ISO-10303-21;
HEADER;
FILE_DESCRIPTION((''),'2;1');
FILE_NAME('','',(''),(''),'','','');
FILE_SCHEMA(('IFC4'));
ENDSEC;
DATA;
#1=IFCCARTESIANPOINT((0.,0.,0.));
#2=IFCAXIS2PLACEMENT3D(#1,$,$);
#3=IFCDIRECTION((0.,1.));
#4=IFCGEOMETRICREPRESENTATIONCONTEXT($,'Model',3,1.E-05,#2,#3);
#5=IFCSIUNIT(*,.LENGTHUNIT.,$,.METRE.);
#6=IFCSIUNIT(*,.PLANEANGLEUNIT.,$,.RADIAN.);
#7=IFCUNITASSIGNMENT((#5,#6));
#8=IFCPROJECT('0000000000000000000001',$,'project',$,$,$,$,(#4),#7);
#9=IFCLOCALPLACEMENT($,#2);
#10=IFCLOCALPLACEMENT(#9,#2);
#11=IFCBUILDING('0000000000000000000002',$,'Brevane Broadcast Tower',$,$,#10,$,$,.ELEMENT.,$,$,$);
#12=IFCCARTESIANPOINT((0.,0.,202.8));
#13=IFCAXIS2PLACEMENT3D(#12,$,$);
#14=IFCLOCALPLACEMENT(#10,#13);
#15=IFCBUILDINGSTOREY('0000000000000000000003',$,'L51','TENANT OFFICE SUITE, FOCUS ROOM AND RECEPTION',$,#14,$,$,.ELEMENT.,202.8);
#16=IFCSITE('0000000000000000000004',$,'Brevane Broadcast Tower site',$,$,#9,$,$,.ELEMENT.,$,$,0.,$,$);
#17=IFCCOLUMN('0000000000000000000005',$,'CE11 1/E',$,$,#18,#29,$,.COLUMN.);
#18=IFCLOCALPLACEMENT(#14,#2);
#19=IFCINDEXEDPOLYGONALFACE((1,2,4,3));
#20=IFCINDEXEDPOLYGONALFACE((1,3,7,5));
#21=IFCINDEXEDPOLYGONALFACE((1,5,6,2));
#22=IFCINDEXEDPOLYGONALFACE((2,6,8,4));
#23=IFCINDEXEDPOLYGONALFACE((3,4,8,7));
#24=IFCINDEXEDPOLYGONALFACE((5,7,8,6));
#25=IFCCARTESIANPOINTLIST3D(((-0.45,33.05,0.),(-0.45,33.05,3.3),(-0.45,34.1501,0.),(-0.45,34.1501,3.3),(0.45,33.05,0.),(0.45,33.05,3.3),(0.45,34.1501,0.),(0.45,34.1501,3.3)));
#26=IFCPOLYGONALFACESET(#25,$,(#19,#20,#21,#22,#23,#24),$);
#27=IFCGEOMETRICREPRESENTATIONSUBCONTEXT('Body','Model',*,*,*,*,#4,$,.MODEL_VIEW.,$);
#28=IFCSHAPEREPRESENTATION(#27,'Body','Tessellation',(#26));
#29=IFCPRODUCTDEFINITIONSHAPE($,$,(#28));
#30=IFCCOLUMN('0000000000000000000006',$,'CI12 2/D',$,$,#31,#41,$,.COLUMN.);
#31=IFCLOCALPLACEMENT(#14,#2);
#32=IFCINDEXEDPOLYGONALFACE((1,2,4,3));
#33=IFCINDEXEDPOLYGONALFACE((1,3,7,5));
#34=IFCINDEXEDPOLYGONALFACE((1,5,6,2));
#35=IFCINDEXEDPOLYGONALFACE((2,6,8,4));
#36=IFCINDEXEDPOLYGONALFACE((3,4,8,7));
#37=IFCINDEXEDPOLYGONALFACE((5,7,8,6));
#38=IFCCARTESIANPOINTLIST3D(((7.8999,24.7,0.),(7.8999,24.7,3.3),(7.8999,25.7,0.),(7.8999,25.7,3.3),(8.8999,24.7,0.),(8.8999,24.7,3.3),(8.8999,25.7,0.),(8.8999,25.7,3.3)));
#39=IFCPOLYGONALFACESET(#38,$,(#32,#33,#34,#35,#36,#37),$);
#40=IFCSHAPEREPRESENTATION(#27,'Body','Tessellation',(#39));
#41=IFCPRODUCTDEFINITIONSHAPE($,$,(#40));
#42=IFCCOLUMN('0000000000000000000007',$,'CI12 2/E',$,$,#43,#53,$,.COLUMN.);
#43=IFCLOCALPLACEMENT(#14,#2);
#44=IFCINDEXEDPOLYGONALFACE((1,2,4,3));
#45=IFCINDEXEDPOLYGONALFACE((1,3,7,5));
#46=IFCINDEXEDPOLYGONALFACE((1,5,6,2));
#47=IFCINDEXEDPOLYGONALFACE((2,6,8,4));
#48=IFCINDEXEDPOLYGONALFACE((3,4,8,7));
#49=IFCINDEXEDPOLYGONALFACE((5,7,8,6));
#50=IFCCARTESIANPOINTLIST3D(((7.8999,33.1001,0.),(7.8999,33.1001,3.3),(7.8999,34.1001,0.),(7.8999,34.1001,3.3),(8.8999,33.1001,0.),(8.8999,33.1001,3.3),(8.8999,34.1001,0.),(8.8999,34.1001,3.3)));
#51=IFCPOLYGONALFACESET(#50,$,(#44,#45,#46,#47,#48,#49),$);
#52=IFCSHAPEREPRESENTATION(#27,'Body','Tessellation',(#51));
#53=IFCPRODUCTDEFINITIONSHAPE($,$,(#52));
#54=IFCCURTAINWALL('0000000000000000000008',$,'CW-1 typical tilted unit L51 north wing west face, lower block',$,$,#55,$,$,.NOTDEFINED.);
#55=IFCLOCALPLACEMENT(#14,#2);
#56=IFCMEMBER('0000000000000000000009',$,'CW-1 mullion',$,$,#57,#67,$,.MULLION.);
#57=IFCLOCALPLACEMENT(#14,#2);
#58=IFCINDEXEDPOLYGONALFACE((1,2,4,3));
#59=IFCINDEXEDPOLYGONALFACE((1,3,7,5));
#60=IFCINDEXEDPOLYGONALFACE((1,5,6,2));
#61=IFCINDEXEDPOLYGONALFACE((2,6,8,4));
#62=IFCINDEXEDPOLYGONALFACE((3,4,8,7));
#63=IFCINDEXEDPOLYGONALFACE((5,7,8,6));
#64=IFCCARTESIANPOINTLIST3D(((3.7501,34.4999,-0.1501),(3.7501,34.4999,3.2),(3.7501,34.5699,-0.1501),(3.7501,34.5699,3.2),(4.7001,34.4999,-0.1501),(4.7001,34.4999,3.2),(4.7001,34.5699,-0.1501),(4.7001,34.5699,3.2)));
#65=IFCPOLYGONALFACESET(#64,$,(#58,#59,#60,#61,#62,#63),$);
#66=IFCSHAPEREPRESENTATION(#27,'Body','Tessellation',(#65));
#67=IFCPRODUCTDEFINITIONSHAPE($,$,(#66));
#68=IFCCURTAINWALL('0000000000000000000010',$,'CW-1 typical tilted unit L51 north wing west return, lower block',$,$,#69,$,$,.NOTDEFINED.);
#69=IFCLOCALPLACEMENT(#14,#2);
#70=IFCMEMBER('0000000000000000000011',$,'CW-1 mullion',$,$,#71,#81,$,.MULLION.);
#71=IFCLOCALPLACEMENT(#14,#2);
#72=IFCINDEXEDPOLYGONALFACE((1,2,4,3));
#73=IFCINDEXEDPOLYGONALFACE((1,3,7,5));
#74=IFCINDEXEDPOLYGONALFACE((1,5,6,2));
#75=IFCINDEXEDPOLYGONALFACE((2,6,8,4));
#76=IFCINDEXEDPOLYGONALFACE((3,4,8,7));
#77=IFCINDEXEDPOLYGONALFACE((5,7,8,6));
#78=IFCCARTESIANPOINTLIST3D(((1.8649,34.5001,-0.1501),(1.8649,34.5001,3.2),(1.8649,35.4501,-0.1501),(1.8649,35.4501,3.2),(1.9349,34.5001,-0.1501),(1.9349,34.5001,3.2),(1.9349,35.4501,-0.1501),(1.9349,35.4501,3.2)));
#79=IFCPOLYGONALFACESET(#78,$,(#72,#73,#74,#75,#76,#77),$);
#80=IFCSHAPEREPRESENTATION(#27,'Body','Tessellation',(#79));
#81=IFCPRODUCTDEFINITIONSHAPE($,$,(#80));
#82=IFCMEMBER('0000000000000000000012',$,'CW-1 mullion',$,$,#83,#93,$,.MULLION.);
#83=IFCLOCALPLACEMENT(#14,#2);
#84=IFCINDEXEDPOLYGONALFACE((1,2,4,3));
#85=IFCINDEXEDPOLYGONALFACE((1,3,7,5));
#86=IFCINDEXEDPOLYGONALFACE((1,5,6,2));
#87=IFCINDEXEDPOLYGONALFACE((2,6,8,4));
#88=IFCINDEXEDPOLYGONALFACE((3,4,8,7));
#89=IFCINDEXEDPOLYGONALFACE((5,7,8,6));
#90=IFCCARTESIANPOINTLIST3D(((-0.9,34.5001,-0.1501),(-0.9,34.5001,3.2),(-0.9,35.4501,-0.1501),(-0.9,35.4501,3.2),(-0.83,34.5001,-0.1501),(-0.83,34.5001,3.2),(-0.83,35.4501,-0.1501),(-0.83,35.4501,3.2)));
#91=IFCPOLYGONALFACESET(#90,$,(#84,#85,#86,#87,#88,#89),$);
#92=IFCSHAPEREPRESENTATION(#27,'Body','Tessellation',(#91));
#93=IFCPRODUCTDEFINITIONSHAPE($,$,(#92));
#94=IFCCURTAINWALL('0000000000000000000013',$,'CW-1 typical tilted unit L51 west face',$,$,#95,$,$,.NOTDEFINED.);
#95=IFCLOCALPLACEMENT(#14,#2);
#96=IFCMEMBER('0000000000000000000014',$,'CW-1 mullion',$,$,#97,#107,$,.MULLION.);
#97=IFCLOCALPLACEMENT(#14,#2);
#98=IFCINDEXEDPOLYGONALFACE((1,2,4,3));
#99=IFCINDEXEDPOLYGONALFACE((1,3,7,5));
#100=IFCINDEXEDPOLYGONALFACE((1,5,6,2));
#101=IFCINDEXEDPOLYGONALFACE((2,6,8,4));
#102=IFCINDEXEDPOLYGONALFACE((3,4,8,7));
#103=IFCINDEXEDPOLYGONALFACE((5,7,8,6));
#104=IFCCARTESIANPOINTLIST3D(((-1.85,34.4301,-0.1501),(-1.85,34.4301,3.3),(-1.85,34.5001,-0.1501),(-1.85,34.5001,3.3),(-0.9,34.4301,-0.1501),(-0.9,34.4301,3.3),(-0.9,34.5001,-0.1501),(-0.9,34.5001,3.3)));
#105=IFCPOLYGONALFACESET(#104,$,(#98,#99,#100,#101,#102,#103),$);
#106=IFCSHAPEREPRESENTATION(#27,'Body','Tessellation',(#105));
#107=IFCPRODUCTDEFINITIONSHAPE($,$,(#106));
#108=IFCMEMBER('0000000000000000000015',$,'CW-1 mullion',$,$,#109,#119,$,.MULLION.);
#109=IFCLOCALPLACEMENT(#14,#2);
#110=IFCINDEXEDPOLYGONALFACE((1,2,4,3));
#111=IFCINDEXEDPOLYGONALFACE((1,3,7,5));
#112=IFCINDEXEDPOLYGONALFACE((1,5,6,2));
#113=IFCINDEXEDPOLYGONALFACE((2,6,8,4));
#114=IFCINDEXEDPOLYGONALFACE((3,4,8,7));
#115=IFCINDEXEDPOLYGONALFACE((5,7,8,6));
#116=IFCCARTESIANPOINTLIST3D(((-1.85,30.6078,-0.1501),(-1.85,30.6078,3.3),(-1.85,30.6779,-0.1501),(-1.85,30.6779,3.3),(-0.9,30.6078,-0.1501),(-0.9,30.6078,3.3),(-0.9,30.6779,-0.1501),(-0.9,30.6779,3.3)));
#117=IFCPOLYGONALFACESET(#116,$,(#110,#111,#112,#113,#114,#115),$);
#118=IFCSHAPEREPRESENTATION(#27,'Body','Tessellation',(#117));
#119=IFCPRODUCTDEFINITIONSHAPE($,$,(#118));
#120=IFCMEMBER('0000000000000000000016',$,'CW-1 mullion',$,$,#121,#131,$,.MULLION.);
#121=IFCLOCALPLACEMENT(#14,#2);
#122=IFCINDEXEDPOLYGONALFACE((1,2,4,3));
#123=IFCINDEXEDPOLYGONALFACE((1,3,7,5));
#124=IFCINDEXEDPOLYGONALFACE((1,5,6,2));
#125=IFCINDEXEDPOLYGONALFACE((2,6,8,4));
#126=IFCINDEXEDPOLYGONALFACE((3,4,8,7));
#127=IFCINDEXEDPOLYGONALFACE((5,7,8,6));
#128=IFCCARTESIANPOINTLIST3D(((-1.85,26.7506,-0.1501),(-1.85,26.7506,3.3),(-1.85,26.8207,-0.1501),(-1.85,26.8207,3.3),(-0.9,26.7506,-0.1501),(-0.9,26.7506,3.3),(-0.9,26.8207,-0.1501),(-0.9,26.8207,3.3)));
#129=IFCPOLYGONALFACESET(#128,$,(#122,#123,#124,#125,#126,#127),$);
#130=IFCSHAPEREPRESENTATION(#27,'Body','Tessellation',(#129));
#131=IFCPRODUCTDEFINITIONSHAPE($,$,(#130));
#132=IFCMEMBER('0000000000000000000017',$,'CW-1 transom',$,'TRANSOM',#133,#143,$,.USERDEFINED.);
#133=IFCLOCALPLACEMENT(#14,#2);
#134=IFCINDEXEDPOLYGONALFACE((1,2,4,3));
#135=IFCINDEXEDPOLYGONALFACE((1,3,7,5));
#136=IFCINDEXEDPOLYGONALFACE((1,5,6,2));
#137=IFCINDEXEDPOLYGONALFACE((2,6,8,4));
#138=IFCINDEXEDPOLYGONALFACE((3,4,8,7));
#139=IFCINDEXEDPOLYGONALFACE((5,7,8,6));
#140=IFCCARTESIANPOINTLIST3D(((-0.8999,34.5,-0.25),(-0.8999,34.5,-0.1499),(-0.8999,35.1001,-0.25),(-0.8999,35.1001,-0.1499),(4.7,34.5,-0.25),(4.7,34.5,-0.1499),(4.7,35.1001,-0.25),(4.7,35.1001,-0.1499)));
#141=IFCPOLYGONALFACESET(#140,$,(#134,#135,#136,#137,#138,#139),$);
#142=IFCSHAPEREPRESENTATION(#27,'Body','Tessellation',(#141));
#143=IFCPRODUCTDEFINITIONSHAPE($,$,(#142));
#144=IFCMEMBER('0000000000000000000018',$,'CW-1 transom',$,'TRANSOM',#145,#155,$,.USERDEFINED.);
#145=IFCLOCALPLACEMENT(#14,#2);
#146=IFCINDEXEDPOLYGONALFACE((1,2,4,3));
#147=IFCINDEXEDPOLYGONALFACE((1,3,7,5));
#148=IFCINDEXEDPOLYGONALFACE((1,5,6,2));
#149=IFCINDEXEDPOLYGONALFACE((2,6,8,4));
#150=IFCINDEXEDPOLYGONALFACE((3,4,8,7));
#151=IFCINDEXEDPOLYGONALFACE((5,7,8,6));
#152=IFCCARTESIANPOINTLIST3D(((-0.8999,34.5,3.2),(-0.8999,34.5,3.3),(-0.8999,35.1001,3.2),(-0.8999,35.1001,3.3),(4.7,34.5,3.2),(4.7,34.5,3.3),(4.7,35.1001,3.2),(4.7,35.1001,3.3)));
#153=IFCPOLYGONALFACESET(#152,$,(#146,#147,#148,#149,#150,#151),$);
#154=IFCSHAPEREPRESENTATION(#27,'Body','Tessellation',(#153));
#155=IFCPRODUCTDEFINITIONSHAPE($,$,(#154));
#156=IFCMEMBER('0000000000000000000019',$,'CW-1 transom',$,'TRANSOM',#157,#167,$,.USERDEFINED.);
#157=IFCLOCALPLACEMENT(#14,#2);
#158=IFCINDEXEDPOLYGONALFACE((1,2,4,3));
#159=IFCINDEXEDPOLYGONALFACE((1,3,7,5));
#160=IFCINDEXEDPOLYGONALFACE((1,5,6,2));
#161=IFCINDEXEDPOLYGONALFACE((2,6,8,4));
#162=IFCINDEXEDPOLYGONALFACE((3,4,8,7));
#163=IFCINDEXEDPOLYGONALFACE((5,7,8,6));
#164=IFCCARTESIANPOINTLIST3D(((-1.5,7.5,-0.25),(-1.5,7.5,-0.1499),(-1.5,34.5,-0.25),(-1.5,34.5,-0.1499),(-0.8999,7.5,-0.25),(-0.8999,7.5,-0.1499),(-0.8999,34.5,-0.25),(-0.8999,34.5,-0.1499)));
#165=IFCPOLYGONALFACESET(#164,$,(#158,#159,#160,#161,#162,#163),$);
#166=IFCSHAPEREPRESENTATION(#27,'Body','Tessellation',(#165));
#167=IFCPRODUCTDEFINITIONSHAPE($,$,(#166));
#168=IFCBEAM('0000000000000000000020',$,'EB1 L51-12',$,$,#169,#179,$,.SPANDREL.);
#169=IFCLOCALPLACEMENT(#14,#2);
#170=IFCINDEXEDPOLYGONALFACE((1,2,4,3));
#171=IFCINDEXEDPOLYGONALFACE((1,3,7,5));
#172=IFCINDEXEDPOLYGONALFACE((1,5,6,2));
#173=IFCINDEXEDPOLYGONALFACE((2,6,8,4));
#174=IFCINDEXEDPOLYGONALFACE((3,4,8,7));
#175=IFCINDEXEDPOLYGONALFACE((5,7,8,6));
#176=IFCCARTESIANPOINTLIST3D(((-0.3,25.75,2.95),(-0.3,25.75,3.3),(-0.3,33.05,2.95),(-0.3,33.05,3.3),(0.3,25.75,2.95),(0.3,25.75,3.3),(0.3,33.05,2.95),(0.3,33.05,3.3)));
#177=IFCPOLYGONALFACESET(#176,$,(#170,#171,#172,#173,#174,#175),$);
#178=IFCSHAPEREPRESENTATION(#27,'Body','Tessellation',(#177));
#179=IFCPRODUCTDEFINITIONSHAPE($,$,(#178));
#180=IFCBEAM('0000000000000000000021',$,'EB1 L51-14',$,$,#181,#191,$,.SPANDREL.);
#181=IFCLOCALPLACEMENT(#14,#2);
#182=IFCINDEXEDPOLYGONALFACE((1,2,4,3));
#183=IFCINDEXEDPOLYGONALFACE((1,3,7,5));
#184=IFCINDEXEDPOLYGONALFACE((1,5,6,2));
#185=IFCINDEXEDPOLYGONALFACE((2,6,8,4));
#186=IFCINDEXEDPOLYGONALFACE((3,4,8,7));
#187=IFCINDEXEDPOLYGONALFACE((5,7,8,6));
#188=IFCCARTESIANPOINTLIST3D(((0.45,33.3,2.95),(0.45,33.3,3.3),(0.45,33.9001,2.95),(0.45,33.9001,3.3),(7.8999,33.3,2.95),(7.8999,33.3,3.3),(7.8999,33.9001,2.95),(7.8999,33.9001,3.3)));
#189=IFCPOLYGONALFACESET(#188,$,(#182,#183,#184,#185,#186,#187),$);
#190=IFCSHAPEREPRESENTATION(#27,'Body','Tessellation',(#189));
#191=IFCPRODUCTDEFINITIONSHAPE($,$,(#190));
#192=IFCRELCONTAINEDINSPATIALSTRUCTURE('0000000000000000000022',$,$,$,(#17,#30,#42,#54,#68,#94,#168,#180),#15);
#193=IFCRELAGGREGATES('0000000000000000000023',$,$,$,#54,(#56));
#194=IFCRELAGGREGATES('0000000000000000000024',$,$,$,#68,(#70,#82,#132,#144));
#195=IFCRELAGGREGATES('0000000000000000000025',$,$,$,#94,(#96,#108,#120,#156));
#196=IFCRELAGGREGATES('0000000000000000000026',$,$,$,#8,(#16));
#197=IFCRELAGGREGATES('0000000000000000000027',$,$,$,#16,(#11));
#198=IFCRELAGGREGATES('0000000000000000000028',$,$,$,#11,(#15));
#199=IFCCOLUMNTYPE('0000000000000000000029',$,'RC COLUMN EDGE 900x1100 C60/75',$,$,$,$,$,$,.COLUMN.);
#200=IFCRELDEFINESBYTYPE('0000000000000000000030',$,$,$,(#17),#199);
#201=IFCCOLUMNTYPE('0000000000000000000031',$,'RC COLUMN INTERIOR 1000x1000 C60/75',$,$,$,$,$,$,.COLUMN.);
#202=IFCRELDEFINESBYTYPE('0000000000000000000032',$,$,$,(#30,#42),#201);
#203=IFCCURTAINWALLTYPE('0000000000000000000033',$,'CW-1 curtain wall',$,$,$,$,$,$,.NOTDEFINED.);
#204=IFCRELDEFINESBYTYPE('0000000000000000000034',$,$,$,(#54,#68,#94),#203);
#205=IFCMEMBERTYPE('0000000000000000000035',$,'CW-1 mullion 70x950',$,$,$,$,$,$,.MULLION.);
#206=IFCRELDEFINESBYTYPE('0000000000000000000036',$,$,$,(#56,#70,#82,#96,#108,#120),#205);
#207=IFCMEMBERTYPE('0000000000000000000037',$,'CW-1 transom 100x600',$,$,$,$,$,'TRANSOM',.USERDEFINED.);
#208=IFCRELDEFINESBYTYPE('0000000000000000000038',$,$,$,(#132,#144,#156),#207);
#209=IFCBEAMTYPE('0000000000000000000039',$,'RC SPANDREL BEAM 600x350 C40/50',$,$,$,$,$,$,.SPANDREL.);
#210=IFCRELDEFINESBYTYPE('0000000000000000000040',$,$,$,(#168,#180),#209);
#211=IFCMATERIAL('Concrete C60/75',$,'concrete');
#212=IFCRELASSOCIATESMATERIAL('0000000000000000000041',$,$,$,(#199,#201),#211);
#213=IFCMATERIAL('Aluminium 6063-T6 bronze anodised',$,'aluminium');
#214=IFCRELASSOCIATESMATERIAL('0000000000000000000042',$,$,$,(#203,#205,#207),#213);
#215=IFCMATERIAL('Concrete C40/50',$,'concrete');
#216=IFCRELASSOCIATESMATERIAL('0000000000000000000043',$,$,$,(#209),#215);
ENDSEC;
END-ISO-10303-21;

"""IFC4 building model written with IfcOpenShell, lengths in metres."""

from ifc_helpers import new_model, si_unit, direction, frame, origin, origin_2d, place, context, subcontext, project, spatial, rectangle, extrude, material, material_profile, profile_set, type_object, element, aggregate, save


model = new_model("IFC4")

# Units and contexts
model_context = context("Model", 3, precision=1e-05, world=origin(), true_north=direction((0.0, 1.0)))
body_context = subcontext(model_context, "Body", "Model", "MODEL_VIEW")
ifc_project = project(units=[si_unit("LENGTHUNIT", "METRE"), si_unit("PLANEANGLEUNIT", "RADIAN")], contexts=[model_context])

# Site, building, storey
site_placement = place(None, origin())
site = spatial("IfcSite", under=ifc_project, at=site_placement, Name="Brevane Broadcast Tower site", CompositionType="ELEMENT", RefElevation=0.0)
building_placement = place(site_placement, origin())
building = spatial("IfcBuilding", under=site, at=building_placement, Name="Brevane Broadcast Tower", CompositionType="ELEMENT")
storey_placement = place(building_placement, frame((0.0, 0.0, 202.8)))
storey = spatial("IfcBuildingStorey", under=building, at=storey_placement, Name="L51", Description="TENANT OFFICE SUITE, FOCUS ROOM AND RECEPTION", CompositionType="ELEMENT", Elevation=202.8)

# Columns
ifc_material_1 = material(Name="Concrete C60/75", Category="concrete")
ifc_material_profile_1 = material_profile(ifc_material_1, rectangle(XDim=0.8999, YDim=1.1001, at=origin_2d()), Name="RC 900x1100")
ifc_profile_set_1 = profile_set([ifc_material_profile_1], Name="Concrete C60/75")
column_type_1 = type_object("IfcColumnType", Name="RC COLUMN EDGE 900x1100 C60/75", PredefinedType="COLUMN", material=ifc_profile_set_1)
column_placement = place(storey_placement, frame((0.0, 33.6001, 0.0), z_axis=(0.0, 0.0, 1.0), x_axis=(1.0, 0.0, 0.0)))
element("IfcColumn", 1, at=column_placement, inside=storey, type_object=column_type_1, Name="CE11 1/E", PredefinedType="COLUMN", context=body_context, shape_type="SweptSolid", body=[
    extrude(rectangle(XDim=0.8999, YDim=1.1001, at=origin_2d()), origin(), (0.0, 0.0, 1.0), 3.3),
])
ifc_material_profile_2 = material_profile(ifc_material_1, rectangle(XDim=1.0, YDim=1.0, at=origin_2d()), Name="RC 1000x1000")
ifc_profile_set_2 = profile_set([ifc_material_profile_2], Name="Concrete C60/75")
column_type_2 = type_object("IfcColumnType", Name="RC COLUMN INTERIOR 1000x1000 C60/75", PredefinedType="COLUMN", material=ifc_profile_set_2)
for number, where, z_axis, x_axis, name in (
    (2, (8.3999, 25.2, 0.0), (0.0, 0.0, 1.0), (1.0, 0.0, 0.0), "CI12 2/D"),
    (3, (8.3999, 33.6001, 0.0), (0.0, 0.0, 1.0), (1.0, 0.0, 0.0), "CI12 2/E"),
):
    element("IfcColumn", number, at=place(storey_placement, frame(where, z_axis=z_axis, x_axis=x_axis)), inside=storey, type_object=column_type_2, Name=name, PredefinedType="COLUMN", context=body_context, shape_type="SweptSolid", body=[
        extrude(rectangle(XDim=1.0, YDim=1.0, at=origin_2d()), origin(), (0.0, 0.0, 1.0), 3.3),
    ])

# Curtain wall, member
ifc_material_2 = material(Name="Aluminium 6063-T6 bronze anodised", Category="aluminium")
curtain_wall_type = type_object("IfcCurtainWallType", Name="CW-1 curtain wall", PredefinedType="NOTDEFINED", material=ifc_material_2)
curtain_wall_1_placement = place(storey_placement, origin())
curtain_wall_1 = element("IfcCurtainWall", 4, at=curtain_wall_1_placement, inside=storey, type_object=curtain_wall_type, Name="CW-1 typical tilted unit L51 north wing west face, lower block", PredefinedType="NOTDEFINED")
ifc_material_profile_3 = material_profile(ifc_material_2, rectangle(XDim=0.95, YDim=0.0701, at=origin_2d()), Name="RECT 70x950")
ifc_profile_set_3 = profile_set([ifc_material_profile_3], Name="Aluminium 6063-T6 bronze anodised")
member_type_1 = type_object("IfcMemberType", Name="CW-1 mullion 70x950", PredefinedType="MULLION", material=ifc_profile_set_3)
member_1_placement = place(storey_placement, frame((4.2251, 34.5349, -0.1501), z_axis=(0.0, 0.0, 1.0), x_axis=(1.0, 0.0, 0.0)))
member_1 = element("IfcMember", 5, at=member_1_placement, type_object=member_type_1, Name="CW-1 mullion", PredefinedType="MULLION", context=body_context, shape_type="SweptSolid", body=[
    extrude(rectangle(XDim=0.95, YDim=0.0701, at=origin_2d()), origin(), (0.0, 0.0, 1.0), 3.3501),
])
aggregate(curtain_wall_1, [member_1])

# Curtain walls, members
curtain_wall_2_placement = place(storey_placement, origin())
curtain_wall_2 = element("IfcCurtainWall", 6, at=curtain_wall_2_placement, inside=storey, type_object=curtain_wall_type, Name="CW-1 typical tilted unit L51 north wing west return, lower block", PredefinedType="NOTDEFINED")
member_2_placement = place(storey_placement, frame((1.8999, 34.9751, -0.1501), z_axis=(0.0, 0.0, 1.0), x_axis=(0.0, -1.0, 0.0)))
member_2 = element("IfcMember", 7, at=member_2_placement, type_object=member_type_1, Name="CW-1 mullion", PredefinedType="MULLION", context=body_context, shape_type="SweptSolid", body=[
    extrude(rectangle(XDim=0.95, YDim=0.0701, at=origin_2d()), origin(), (0.0, 0.0, 1.0), 3.3501),
])
member_3_placement = place(storey_placement, frame((-0.865, 34.9751, -0.1501), z_axis=(0.0, 0.0, 1.0), x_axis=(0.0, -1.0, 0.0)))
member_3 = element("IfcMember", 8, at=member_3_placement, type_object=member_type_1, Name="CW-1 mullion", PredefinedType="MULLION", context=body_context, shape_type="SweptSolid", body=[
    extrude(rectangle(XDim=0.95, YDim=0.0701, at=origin_2d()), origin(), (0.0, 0.0, 1.0), 3.3501),
])
curtain_wall_3_placement = place(storey_placement, origin())
curtain_wall_3 = element("IfcCurtainWall", 9, at=curtain_wall_3_placement, inside=storey, type_object=curtain_wall_type, Name="CW-1 typical tilted unit L51 west face", PredefinedType="NOTDEFINED")
member_4_placement = place(storey_placement, frame((-1.375, 34.4651, -0.1501), z_axis=(0.0, 0.0, 1.0), x_axis=(1.0, 0.0, 0.0)))
member_4 = element("IfcMember", 10, at=member_4_placement, type_object=member_type_1, Name="CW-1 mullion", PredefinedType="MULLION", context=body_context, shape_type="SweptSolid", body=[
    extrude(rectangle(XDim=0.95, YDim=0.0701, at=origin_2d()), origin(), (0.0, 0.0, 1.0), 3.4502),
])
member_5_placement = place(storey_placement, frame((-1.375, 30.6428, -0.1501), z_axis=(0.0, 0.0, 1.0), x_axis=(1.0, 0.0, 0.0)))
member_5 = element("IfcMember", 11, at=member_5_placement, type_object=member_type_1, Name="CW-1 mullion", PredefinedType="MULLION", context=body_context, shape_type="SweptSolid", body=[
    extrude(rectangle(XDim=0.95, YDim=0.0701, at=origin_2d()), origin(), (0.0, 0.0, 1.0), 3.4502),
])
member_6_placement = place(storey_placement, frame((-1.375, 26.7856, -0.1501), z_axis=(0.0, 0.0, 1.0), x_axis=(1.0, 0.0, 0.0)))
member_6 = element("IfcMember", 12, at=member_6_placement, type_object=member_type_1, Name="CW-1 mullion", PredefinedType="MULLION", context=body_context, shape_type="SweptSolid", body=[
    extrude(rectangle(XDim=0.95, YDim=0.0701, at=origin_2d()), origin(), (0.0, 0.0, 1.0), 3.4502),
])

# Members
ifc_material_profile_4 = material_profile(ifc_material_2, rectangle(XDim=0.6001, YDim=0.1001, at=origin_2d()), Name="RECT 100x600")
ifc_profile_set_4 = profile_set([ifc_material_profile_4], Name="Aluminium 6063-T6 bronze anodised")
member_type_2 = type_object("IfcMemberType", Name="CW-1 transom 100x600", ElementType="TRANSOM", PredefinedType="USERDEFINED", material=ifc_profile_set_4)
member_7_placement = place(storey_placement, frame((4.7, 34.8, -0.2), z_axis=(-1.0, 0.0, 0.0), x_axis=(0.0, -1.0, 0.0)))
member_7 = element("IfcMember", 13, at=member_7_placement, type_object=member_type_2, Name="CW-1 transom", ObjectType="TRANSOM", PredefinedType="USERDEFINED", context=body_context, shape_type="SweptSolid", body=[
    extrude(rectangle(XDim=0.6001, YDim=0.1001, at=origin_2d()), origin(), (0.0, 0.0, 1.0), 5.5999),
])
member_8_placement = place(storey_placement, frame((4.7, 34.8, 3.25), z_axis=(-1.0, 0.0, 0.0), x_axis=(0.0, -1.0, 0.0)))
member_8 = element("IfcMember", 14, at=member_8_placement, type_object=member_type_2, Name="CW-1 transom", ObjectType="TRANSOM", PredefinedType="USERDEFINED", context=body_context, shape_type="SweptSolid", body=[
    extrude(rectangle(XDim=0.6001, YDim=0.1001, at=origin_2d()), origin(), (0.0, 0.0, 1.0), 5.5999),
])
aggregate(curtain_wall_2, [member_2, member_3, member_7, member_8])
member_9_placement = place(storey_placement, frame((-1.2, 34.5, -0.2), z_axis=(0.0, -1.0, 0.0), x_axis=(1.0, 0.0, 0.0)))
member_9 = element("IfcMember", 15, at=member_9_placement, type_object=member_type_2, Name="CW-1 transom", ObjectType="TRANSOM", PredefinedType="USERDEFINED", context=body_context, shape_type="SweptSolid", body=[
    extrude(rectangle(XDim=0.6001, YDim=0.1001, at=origin_2d()), origin(), (0.0, 0.0, 1.0), 27.0),
])
aggregate(curtain_wall_3, [member_4, member_5, member_6, member_9])

# Beams
ifc_material_3 = material(Name="Concrete C40/50", Category="concrete")
ifc_material_profile_5 = material_profile(ifc_material_3, rectangle(XDim=0.6001, YDim=0.3501, at=origin_2d()), Name="RC 600x350")
ifc_profile_set_5 = profile_set([ifc_material_profile_5], Name="Concrete C40/50")
beam_type = type_object("IfcBeamType", Name="RC SPANDREL BEAM 600x350 C40/50", PredefinedType="SPANDREL", material=ifc_profile_set_5)
beam_1_placement = place(storey_placement, frame((0.0, 33.05, 3.125), z_axis=(0.0, -1.0, 0.0), x_axis=(1.0, 0.0, 0.0)))
element("IfcBeam", 16, at=beam_1_placement, inside=storey, type_object=beam_type, Name="EB1 L51-12", PredefinedType="SPANDREL", context=body_context, shape_type="SweptSolid", body=[
    extrude(rectangle(XDim=0.6001, YDim=0.3501, at=origin_2d()), origin(), (0.0, 0.0, 1.0), 7.3),
])
beam_2_placement = place(storey_placement, frame((0.45, 33.6001, 3.125), z_axis=(1.0, 0.0, 0.0), x_axis=(0.0, 1.0, 0.0)))
element("IfcBeam", 17, at=beam_2_placement, inside=storey, type_object=beam_type, Name="EB1 L51-14", PredefinedType="SPANDREL", context=body_context, shape_type="SweptSolid", body=[
    extrude(rectangle(XDim=0.6001, YDim=0.3501, at=origin_2d()), origin(), (0.0, 0.0, 1.0), 7.45),
])

save(model, "model.ifc")
